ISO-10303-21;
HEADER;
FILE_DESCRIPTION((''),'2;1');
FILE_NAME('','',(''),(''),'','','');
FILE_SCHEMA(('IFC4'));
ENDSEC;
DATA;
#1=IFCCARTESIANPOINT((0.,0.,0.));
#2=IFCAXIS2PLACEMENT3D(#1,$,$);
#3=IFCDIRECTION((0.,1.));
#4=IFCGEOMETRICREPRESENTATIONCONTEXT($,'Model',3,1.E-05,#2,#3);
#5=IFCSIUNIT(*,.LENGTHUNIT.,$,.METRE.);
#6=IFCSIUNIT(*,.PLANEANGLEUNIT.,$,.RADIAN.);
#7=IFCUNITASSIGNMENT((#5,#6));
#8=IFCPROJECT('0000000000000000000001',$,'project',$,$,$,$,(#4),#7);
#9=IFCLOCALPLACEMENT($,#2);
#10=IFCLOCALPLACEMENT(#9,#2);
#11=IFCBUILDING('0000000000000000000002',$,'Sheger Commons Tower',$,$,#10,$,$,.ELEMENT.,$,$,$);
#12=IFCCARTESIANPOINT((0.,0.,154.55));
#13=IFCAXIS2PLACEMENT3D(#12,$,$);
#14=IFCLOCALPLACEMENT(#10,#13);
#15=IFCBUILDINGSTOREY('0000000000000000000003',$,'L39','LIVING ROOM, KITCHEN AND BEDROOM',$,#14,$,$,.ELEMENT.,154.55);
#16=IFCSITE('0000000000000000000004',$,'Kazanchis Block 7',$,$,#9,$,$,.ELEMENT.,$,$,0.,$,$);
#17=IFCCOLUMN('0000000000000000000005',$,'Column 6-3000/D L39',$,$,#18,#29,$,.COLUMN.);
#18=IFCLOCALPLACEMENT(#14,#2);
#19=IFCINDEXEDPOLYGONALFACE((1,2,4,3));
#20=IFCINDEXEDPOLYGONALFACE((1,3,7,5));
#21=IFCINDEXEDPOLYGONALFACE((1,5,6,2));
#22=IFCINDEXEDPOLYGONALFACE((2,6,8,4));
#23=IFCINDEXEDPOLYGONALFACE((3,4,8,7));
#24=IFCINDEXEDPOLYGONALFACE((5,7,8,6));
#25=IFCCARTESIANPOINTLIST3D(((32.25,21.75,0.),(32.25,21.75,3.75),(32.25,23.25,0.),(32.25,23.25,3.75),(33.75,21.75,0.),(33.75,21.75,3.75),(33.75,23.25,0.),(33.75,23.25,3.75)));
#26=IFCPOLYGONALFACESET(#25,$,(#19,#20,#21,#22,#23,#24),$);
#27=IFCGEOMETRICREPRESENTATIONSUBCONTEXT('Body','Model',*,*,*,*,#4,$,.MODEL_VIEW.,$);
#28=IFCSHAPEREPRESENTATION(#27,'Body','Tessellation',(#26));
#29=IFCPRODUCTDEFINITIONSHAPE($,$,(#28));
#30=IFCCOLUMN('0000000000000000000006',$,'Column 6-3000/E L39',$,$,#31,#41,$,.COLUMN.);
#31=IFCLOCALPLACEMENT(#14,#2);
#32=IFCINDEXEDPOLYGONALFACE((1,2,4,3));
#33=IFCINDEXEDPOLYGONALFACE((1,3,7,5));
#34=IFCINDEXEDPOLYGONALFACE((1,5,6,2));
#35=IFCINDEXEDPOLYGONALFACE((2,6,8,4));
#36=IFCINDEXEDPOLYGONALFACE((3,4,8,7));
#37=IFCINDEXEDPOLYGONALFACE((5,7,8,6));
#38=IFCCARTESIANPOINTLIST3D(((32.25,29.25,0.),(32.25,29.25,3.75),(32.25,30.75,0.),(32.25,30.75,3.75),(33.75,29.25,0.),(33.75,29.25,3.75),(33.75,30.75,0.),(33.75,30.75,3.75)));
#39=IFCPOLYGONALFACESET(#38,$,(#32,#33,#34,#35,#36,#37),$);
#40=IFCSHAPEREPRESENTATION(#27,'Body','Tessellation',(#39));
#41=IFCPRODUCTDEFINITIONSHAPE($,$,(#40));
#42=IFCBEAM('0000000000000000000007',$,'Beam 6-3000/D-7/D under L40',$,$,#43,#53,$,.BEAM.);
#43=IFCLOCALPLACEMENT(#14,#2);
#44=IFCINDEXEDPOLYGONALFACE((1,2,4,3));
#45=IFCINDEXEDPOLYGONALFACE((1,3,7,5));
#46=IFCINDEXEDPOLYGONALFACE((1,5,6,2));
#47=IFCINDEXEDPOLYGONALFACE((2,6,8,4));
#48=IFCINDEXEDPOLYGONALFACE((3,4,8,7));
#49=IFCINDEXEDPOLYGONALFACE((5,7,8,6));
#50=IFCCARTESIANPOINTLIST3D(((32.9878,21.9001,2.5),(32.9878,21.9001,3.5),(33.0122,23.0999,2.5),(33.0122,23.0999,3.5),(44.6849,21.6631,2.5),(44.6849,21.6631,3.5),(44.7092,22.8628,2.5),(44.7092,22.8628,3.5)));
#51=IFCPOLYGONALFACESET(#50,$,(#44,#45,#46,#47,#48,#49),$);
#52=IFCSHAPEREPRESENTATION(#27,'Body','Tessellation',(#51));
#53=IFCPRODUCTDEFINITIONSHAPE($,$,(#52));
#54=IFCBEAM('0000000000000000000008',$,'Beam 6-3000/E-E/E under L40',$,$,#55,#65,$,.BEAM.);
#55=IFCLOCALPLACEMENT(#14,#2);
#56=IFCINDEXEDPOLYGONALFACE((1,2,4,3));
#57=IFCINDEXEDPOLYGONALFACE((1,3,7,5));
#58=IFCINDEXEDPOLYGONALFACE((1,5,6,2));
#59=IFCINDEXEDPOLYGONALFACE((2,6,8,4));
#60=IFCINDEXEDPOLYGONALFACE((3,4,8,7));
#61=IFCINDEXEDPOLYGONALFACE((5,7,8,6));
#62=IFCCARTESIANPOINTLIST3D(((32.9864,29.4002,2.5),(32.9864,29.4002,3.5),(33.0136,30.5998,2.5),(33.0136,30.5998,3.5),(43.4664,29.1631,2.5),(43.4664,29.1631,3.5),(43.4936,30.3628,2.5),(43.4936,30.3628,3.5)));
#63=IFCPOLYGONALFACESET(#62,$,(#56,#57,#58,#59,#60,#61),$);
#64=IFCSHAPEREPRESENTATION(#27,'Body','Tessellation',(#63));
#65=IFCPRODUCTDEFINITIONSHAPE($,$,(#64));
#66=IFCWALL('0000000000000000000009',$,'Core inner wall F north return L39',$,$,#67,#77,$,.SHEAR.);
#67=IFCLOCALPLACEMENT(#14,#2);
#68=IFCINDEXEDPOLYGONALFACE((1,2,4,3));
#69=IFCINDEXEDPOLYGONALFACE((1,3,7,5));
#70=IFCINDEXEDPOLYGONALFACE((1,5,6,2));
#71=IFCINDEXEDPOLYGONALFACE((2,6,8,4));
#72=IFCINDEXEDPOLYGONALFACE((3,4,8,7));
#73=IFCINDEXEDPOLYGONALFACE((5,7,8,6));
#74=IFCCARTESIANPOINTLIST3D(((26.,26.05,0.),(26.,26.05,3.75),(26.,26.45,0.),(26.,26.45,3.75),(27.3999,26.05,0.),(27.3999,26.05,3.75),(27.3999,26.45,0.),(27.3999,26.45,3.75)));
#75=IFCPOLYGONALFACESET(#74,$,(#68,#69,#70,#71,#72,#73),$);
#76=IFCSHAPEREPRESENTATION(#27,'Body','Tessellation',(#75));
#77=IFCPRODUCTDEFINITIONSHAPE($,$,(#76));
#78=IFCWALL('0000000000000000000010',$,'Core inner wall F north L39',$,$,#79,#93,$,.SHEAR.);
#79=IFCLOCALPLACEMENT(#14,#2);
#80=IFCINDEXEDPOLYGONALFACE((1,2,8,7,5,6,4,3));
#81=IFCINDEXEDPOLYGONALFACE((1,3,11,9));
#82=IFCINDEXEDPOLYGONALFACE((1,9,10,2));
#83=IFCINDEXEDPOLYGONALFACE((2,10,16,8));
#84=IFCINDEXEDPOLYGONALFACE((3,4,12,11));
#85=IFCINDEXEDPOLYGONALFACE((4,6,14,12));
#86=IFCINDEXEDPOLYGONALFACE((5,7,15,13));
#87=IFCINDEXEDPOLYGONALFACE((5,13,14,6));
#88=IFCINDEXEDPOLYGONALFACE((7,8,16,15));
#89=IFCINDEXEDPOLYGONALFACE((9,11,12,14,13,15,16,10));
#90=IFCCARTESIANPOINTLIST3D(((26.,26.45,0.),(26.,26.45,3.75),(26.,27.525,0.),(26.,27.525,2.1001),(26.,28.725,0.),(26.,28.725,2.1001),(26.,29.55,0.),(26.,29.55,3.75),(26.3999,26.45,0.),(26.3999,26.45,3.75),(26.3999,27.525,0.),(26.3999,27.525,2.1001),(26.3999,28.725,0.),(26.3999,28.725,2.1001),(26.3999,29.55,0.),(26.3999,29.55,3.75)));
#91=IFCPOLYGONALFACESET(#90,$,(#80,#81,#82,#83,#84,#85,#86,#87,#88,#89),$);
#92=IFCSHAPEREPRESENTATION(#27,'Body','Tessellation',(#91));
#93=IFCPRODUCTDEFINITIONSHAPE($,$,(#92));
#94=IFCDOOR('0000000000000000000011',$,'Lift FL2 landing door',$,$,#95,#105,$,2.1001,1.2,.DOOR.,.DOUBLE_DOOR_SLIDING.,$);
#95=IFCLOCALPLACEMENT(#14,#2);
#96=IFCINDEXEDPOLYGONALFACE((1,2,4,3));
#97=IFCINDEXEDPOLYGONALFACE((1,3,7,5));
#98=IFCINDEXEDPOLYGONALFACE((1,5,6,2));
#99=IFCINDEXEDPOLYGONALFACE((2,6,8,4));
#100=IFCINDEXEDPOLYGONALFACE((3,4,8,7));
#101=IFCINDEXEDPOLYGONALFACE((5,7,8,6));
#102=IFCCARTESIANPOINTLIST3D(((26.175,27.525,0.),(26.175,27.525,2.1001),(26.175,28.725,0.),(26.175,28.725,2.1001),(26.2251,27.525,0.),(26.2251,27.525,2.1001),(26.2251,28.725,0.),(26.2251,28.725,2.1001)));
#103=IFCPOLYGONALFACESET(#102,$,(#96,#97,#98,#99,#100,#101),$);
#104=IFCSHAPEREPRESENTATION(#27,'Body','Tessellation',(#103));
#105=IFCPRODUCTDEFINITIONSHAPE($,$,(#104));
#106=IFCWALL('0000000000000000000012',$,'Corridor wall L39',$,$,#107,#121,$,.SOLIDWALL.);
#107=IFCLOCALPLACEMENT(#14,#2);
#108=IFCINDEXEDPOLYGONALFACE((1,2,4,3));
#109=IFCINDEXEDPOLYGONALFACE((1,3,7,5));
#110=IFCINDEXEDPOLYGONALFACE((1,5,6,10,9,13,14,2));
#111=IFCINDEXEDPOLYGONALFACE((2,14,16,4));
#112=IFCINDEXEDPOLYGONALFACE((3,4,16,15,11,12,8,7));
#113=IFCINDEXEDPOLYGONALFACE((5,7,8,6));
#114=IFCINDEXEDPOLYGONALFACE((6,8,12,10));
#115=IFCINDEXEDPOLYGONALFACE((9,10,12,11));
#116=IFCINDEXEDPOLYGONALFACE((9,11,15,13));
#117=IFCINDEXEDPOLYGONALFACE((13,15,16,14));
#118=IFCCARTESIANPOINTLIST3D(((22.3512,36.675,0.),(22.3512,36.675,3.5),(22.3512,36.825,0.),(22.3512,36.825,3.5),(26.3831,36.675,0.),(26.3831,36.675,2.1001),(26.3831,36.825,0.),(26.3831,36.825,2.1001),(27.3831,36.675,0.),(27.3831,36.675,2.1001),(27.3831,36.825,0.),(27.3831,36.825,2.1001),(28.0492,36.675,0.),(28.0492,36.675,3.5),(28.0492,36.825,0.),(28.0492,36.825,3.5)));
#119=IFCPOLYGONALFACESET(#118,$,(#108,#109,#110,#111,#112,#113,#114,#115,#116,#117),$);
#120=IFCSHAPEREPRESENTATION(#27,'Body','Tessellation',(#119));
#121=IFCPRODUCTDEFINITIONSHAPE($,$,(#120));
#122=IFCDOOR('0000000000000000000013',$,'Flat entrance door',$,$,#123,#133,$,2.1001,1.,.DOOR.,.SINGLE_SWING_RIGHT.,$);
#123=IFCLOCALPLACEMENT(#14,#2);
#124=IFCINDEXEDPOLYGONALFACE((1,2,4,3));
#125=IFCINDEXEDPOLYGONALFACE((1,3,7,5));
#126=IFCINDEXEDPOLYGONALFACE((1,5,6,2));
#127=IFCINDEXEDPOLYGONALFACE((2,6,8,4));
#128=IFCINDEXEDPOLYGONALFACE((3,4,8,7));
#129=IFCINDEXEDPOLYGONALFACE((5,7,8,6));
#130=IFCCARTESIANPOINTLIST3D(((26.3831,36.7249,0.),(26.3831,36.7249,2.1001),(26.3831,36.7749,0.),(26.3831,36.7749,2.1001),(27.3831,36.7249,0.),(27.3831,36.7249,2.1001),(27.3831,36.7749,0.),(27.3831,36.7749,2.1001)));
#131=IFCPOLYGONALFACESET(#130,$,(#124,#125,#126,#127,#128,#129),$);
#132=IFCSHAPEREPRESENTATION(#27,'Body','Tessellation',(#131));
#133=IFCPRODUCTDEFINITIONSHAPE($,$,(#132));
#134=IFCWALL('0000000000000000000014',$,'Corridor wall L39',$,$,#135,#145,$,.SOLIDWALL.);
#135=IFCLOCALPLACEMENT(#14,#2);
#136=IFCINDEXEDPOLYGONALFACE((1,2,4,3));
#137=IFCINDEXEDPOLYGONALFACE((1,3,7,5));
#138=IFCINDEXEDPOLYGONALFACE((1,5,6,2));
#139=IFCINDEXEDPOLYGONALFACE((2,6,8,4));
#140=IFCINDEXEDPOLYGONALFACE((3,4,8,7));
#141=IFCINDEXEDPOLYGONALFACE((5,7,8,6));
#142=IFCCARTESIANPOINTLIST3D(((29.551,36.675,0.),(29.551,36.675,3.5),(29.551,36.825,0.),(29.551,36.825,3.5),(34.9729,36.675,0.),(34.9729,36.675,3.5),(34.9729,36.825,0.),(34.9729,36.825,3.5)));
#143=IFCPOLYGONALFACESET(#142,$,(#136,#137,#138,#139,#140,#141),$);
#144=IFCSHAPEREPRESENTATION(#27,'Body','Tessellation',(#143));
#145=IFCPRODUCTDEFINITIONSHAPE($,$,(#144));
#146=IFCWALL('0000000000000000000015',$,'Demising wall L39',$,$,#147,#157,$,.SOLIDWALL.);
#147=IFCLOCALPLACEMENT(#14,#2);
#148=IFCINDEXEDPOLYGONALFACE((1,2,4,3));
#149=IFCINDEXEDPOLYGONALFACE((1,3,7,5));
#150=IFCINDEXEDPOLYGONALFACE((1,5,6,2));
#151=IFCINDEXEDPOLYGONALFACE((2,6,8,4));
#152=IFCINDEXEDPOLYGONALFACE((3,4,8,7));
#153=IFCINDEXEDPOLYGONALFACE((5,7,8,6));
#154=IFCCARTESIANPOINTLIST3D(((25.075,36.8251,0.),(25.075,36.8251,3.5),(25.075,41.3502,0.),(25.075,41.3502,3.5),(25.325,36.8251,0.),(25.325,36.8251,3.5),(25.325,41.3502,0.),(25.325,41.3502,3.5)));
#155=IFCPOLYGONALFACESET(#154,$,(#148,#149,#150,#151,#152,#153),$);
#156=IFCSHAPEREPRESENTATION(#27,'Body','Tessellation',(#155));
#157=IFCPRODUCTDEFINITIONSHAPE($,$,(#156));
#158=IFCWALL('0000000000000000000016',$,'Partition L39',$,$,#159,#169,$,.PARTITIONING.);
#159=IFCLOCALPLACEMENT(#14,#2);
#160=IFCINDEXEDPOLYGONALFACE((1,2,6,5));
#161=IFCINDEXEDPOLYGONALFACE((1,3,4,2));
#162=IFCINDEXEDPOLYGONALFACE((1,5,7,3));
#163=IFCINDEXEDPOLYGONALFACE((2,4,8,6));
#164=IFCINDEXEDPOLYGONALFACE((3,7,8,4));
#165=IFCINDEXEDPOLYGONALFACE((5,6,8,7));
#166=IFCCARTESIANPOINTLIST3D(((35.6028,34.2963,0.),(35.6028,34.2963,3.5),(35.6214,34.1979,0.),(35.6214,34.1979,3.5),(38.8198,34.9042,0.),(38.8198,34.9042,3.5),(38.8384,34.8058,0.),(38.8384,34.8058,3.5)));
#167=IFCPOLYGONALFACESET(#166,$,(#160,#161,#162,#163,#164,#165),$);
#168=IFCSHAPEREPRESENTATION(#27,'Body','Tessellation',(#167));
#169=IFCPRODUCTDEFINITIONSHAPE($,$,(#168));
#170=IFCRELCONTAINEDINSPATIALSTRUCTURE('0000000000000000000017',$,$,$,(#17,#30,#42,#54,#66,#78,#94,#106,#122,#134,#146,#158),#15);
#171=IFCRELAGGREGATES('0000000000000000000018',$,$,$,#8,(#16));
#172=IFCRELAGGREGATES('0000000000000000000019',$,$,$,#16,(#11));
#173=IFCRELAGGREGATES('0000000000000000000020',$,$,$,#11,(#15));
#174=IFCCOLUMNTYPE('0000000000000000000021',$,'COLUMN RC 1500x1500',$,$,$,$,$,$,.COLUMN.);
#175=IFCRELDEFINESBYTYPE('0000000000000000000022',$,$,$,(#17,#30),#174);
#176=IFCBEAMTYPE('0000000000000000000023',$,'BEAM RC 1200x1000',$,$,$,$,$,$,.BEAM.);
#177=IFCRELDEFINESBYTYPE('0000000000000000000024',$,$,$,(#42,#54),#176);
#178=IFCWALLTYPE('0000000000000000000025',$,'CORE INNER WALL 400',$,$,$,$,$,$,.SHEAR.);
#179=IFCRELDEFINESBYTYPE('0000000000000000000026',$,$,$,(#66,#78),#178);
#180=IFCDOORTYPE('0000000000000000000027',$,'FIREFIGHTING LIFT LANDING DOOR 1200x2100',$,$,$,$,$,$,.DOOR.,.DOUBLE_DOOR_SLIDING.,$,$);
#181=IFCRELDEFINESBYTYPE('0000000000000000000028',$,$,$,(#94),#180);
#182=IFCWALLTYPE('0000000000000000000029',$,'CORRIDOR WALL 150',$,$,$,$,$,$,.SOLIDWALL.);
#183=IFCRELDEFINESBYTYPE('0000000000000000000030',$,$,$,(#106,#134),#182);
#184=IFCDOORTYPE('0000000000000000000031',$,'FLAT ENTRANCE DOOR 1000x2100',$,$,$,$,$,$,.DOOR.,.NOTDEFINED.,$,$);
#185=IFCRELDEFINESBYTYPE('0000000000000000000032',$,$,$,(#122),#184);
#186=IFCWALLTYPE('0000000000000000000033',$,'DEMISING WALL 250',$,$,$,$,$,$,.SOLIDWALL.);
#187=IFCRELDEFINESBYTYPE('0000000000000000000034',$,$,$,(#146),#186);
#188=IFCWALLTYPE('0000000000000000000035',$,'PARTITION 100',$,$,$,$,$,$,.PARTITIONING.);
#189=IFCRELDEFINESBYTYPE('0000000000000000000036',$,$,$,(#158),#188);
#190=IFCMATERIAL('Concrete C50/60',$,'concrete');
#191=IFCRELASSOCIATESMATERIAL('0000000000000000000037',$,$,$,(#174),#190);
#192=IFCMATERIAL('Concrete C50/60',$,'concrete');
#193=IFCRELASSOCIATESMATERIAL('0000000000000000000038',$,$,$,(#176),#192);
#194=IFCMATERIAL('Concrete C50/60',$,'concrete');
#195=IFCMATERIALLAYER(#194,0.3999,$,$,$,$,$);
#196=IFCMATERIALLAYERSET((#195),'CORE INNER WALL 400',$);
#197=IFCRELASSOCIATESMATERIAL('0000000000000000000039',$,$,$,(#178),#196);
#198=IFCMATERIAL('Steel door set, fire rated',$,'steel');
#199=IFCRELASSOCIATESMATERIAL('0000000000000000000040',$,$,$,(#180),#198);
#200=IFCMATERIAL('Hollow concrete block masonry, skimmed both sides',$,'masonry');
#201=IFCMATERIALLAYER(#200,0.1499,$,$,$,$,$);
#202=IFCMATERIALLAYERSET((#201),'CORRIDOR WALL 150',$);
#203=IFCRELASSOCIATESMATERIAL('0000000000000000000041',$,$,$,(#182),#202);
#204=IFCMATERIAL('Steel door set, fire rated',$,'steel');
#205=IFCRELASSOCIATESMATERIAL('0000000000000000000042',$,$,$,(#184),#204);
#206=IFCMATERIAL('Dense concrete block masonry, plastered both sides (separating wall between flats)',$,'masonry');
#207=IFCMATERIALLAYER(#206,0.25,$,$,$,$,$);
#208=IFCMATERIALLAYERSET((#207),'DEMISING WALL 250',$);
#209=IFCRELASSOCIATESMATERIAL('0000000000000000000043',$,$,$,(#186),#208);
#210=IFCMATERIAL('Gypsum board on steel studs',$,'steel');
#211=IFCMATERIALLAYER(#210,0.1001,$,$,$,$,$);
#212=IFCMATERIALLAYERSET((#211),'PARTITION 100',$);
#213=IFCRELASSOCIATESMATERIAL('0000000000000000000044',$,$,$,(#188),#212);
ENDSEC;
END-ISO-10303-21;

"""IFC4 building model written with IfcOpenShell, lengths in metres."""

from ifc_helpers import new_model, si_unit, direction, frame, frame_2d, origin, origin_2d, place, context, subcontext, project, spatial, rectangle, extrude, material, layer, layer_set, material_profile, profile_set, type_object, element, fill, save


model = new_model("IFC4")

# Units and contexts
model_context = context("Model", 3, precision=1e-05, world=origin(), true_north=direction((0.0, 1.0)))
body_context = subcontext(model_context, "Body", "Model", "MODEL_VIEW")
ifc_project = project(units=[si_unit("LENGTHUNIT", "METRE"), si_unit("PLANEANGLEUNIT", "RADIAN")], contexts=[model_context])

# Site, building, storey
site_placement = place(None, origin())
site = spatial("IfcSite", under=ifc_project, at=site_placement, Name="Kazanchis Block 7", CompositionType="ELEMENT", RefElevation=0.0)
building_placement = place(site_placement, origin())
building = spatial("IfcBuilding", under=site, at=building_placement, Name="Sheger Commons Tower", CompositionType="ELEMENT")
storey_placement = place(building_placement, frame((0.0, 0.0, 154.55)))
storey = spatial("IfcBuildingStorey", under=building, at=storey_placement, Name="L39", Description="LIVING ROOM, KITCHEN AND BEDROOM", CompositionType="ELEMENT", Elevation=154.55)

# Columns
ifc_material_1 = material(Name="Concrete C50/60", Category="concrete")
ifc_material_profile_1 = material_profile(ifc_material_1, rectangle(XDim=1.5, YDim=1.5, at=origin_2d()), Name="RC 1500x1500")
ifc_profile_set_1 = profile_set([ifc_material_profile_1], Name="Concrete C50/60")
column_type = type_object("IfcColumnType", Name="COLUMN RC 1500x1500", PredefinedType="COLUMN", material=ifc_profile_set_1)
for number, where, z_axis, x_axis, name in (
    (1, (33.0, 22.5, 0.0), (0.0, 0.0, 1.0), (1.0, 0.0, 0.0), "Column 6-3000/D L39"),
    (2, (33.0, 30.0, 0.0), (0.0, 0.0, 1.0), (1.0, 0.0, 0.0), "Column 6-3000/E L39"),
):
    element("IfcColumn", number, at=place(storey_placement, frame(where, z_axis=z_axis, x_axis=x_axis)), inside=storey, type_object=column_type, Name=name, PredefinedType="COLUMN", context=body_context, shape_type="SweptSolid", body=[
        extrude(rectangle(XDim=1.5, YDim=1.5, at=origin_2d()), origin(), (0.0, 0.0, 1.0), 3.75),
    ])

# Beams
ifc_material_2 = material(Name="Concrete C50/60", Category="concrete")
ifc_material_profile_2 = material_profile(ifc_material_2, rectangle(XDim=1.2, YDim=1.0, at=origin_2d()), Name="RC 1200x1000")
ifc_profile_set_2 = profile_set([ifc_material_profile_2], Name="Concrete C50/60")
beam_type = type_object("IfcBeamType", Name="BEAM RC 1200x1000", PredefinedType="BEAM", material=ifc_profile_set_2)
beam_1_placement = place(storey_placement, frame((33.0, 22.5, 3.0), z_axis=(0.999795, -0.020263, 0.0), x_axis=(0.020263, 0.999795, 0.0)))
element("IfcBeam", 3, at=beam_1_placement, inside=storey, type_object=beam_type, Name="Beam 6-3000/D-7/D under L40", PredefinedType="BEAM", context=body_context, shape_type="SweptSolid", body=[
    extrude(rectangle(XDim=1.2, YDim=1.0, at=origin_2d()), origin(), (0.0, 0.0, 1.0), 11.6995),
])
beam_2_placement = place(storey_placement, frame((33.0, 30.0, 3.0), z_axis=(0.999744, -0.022615, 0.0), x_axis=(0.022615, 0.999744, 0.0)))
element("IfcBeam", 4, at=beam_2_placement, inside=storey, type_object=beam_type, Name="Beam 6-3000/E-E/E under L40", PredefinedType="BEAM", context=body_context, shape_type="SweptSolid", body=[
    extrude(rectangle(XDim=1.2, YDim=1.0, at=origin_2d()), origin(), (0.0, 0.0, 1.0), 10.4827),
])

# Wall
ifc_material_3 = material(Name="Concrete C50/60", Category="concrete")
ifc_layer_1 = layer(ifc_material_3, 0.3999)
ifc_layer_set_1 = layer_set([ifc_layer_1], Name="CORE INNER WALL 400")
wall_type_1 = type_object("IfcWallType", Name="CORE INNER WALL 400", PredefinedType="SHEAR", material=ifc_layer_set_1)
wall_1_placement = place(storey_placement, frame((26.0, 26.25, 0.0), z_axis=(0.0, 0.0, 1.0), x_axis=(1.0, 0.0, 0.0)))
element("IfcWall", 5, at=wall_1_placement, inside=storey, type_object=wall_type_1, Name="Core inner wall F north return L39", PredefinedType="SHEAR", context=body_context, shape_type="SweptSolid", body=[
    extrude(rectangle(XDim=1.3999, YDim=0.3999, at=frame_2d((0.7, 0.0))), origin(), (0.0, 0.0, 1.0), 3.75),
])

# Walls, openings, doors
wall_2_placement = place(storey_placement, frame((26.2, 26.45, 0.0), z_axis=(0.0, 0.0, 1.0), x_axis=(0.0, 1.0, 0.0)))
wall_2 = element("IfcWall", 6, at=wall_2_placement, inside=storey, type_object=wall_type_1, Name="Core inner wall F north L39", PredefinedType="SHEAR", context=body_context, shape_type="SweptSolid", body=[
    extrude(rectangle(XDim=3.1001, YDim=0.3999, at=frame_2d((1.55, 0.0))), origin(), (0.0, 0.0, 1.0), 3.75),
])
opening_1_placement = place(wall_2_placement, frame((1.075, 0.0, 0.0)))
opening_1 = element("IfcOpeningElement", 7, at=opening_1_placement, cuts=wall_2, PredefinedType="OPENING", context=body_context, shape_type="SweptSolid", body=[
    extrude(rectangle(XDim=1.2, YDim=2.1001, at=frame_2d((0.6001, 1.05))), frame((0.0, 0.21, 0.0), z_axis=(0.0, -1.0, 0.0), x_axis=(1.0, 0.0, 0.0)), (0.0, 0.0, 1.0), 0.4199),
])
ifc_material_4 = material(Name="Steel door set, fire rated", Category="steel")
door_type_1 = type_object("IfcDoorType", Name="FIREFIGHTING LIFT LANDING DOOR 1200x2100", OperationType="DOUBLE_DOOR_SLIDING", PredefinedType="DOOR", material=ifc_material_4)
door_1_placement = place(opening_1_placement, origin())
door_1 = element("IfcDoor", 8, at=door_1_placement, inside=storey, type_object=door_type_1, Name="Lift FL2 landing door", OperationType="DOUBLE_DOOR_SLIDING", OverallHeight=2.1001, OverallWidth=1.2, PredefinedType="DOOR", context=body_context, shape_type="SweptSolid", body=[
    extrude(rectangle(XDim=1.2, YDim=2.1001, at=frame_2d((0.6001, 1.05))), frame((0.0, 0.0249, 0.0), z_axis=(0.0, -1.0, 0.0), x_axis=(1.0, 0.0, 0.0)), (0.0, 0.0, 1.0), 0.05),
])
fill(opening_1, door_1)
ifc_material_5 = material(Name="Hollow concrete block masonry, skimmed both sides", Category="masonry")
ifc_layer_2 = layer(ifc_material_5, 0.1499)
ifc_layer_set_2 = layer_set([ifc_layer_2], Name="CORRIDOR WALL 150")
wall_type_2 = type_object("IfcWallType", Name="CORRIDOR WALL 150", PredefinedType="SOLIDWALL", material=ifc_layer_set_2)
wall_3_placement = place(storey_placement, frame((22.3511, 36.75, 0.0), z_axis=(0.0, 0.0, 1.0), x_axis=(1.0, 0.0, 0.0)))
wall_3 = element("IfcWall", 9, at=wall_3_placement, inside=storey, type_object=wall_type_2, Name="Corridor wall L39", PredefinedType="SOLIDWALL", context=body_context, shape_type="SweptSolid", body=[
    extrude(rectangle(XDim=5.698, YDim=0.1499, at=frame_2d((2.8491, 0.0))), origin(), (0.0, 0.0, 1.0), 3.5),
])
opening_2_placement = place(wall_3_placement, frame((4.032, 0.0, 0.0)))
opening_2 = element("IfcOpeningElement", 10, at=opening_2_placement, cuts=wall_3, PredefinedType="OPENING", context=body_context, shape_type="SweptSolid", body=[
    extrude(rectangle(XDim=1.0, YDim=2.1001, at=frame_2d((0.5, 1.05))), frame((0.0, 0.085, 0.0), z_axis=(0.0, -1.0, 0.0), x_axis=(1.0, 0.0, 0.0)), (0.0, 0.0, 1.0), 0.1699),
])
ifc_material_6 = material(Name="Steel door set, fire rated", Category="steel")
door_type_2 = type_object("IfcDoorType", Name="FLAT ENTRANCE DOOR 1000x2100", OperationType="NOTDEFINED", PredefinedType="DOOR", material=ifc_material_6)
door_2_placement = place(opening_2_placement, origin())
door_2 = element("IfcDoor", 11, at=door_2_placement, inside=storey, type_object=door_type_2, Name="Flat entrance door", OperationType="SINGLE_SWING_RIGHT", OverallHeight=2.1001, OverallWidth=1.0, PredefinedType="DOOR", context=body_context, shape_type="SweptSolid", body=[
    extrude(rectangle(XDim=1.0, YDim=2.1001, at=frame_2d((0.5, 1.05))), frame((0.0, 0.0249, 0.0), z_axis=(0.0, -1.0, 0.0), x_axis=(1.0, 0.0, 0.0)), (0.0, 0.0, 1.0), 0.05),
])
fill(opening_2, door_2)

# Walls
wall_4_placement = place(storey_placement, frame((29.551, 36.75, 0.0), z_axis=(0.0, 0.0, 1.0), x_axis=(1.0, 0.0, 0.0)))
element("IfcWall", 12, at=wall_4_placement, inside=storey, type_object=wall_type_2, Name="Corridor wall L39", PredefinedType="SOLIDWALL", context=body_context, shape_type="SweptSolid", body=[
    extrude(rectangle(XDim=5.4219, YDim=0.1499, at=frame_2d((2.7109, 0.0))), origin(), (0.0, 0.0, 1.0), 3.5),
])
ifc_material_7 = material(Name="Dense concrete block masonry, plastered both sides (separating wall between flats)", Category="masonry")
ifc_layer_3 = layer(ifc_material_7, 0.25)
ifc_layer_set_3 = layer_set([ifc_layer_3], Name="DEMISING WALL 250")
wall_type_3 = type_object("IfcWallType", Name="DEMISING WALL 250", PredefinedType="SOLIDWALL", material=ifc_layer_set_3)
wall_5_placement = place(storey_placement, frame((25.2, 36.825, 0.0), z_axis=(0.0, 0.0, 1.0), x_axis=(0.0, 1.0, 0.0)))
element("IfcWall", 13, at=wall_5_placement, inside=storey, type_object=wall_type_3, Name="Demising wall L39", PredefinedType="SOLIDWALL", context=body_context, shape_type="SweptSolid", body=[
    extrude(rectangle(XDim=4.5251, YDim=0.25, at=frame_2d((2.2627, 0.0))), origin(), (0.0, 0.0, 1.0), 3.5),
])
ifc_material_8 = material(Name="Gypsum board on steel studs", Category="steel")
ifc_layer_4 = layer(ifc_material_8, 0.1001)
ifc_layer_set_4 = layer_set([ifc_layer_4], Name="PARTITION 100")
wall_type_4 = type_object("IfcWallType", Name="PARTITION 100", PredefinedType="PARTITIONING", material=ifc_layer_set_4)
wall_6_placement = place(storey_placement, frame((38.8291, 34.855, 0.0), z_axis=(0.0, 0.0, 1.0), x_axis=(-0.98261, -0.18568, 0.0)))
element("IfcWall", 14, at=wall_6_placement, inside=storey, type_object=wall_type_4, Name="Partition L39", PredefinedType="PARTITIONING", context=body_context, shape_type="SweptSolid", body=[
    extrude(rectangle(XDim=3.2739, YDim=0.1001, at=frame_2d((1.637, 0.0))), origin(), (0.0, 0.0, 1.0), 3.5),
])

save(model, "model.ifc")
